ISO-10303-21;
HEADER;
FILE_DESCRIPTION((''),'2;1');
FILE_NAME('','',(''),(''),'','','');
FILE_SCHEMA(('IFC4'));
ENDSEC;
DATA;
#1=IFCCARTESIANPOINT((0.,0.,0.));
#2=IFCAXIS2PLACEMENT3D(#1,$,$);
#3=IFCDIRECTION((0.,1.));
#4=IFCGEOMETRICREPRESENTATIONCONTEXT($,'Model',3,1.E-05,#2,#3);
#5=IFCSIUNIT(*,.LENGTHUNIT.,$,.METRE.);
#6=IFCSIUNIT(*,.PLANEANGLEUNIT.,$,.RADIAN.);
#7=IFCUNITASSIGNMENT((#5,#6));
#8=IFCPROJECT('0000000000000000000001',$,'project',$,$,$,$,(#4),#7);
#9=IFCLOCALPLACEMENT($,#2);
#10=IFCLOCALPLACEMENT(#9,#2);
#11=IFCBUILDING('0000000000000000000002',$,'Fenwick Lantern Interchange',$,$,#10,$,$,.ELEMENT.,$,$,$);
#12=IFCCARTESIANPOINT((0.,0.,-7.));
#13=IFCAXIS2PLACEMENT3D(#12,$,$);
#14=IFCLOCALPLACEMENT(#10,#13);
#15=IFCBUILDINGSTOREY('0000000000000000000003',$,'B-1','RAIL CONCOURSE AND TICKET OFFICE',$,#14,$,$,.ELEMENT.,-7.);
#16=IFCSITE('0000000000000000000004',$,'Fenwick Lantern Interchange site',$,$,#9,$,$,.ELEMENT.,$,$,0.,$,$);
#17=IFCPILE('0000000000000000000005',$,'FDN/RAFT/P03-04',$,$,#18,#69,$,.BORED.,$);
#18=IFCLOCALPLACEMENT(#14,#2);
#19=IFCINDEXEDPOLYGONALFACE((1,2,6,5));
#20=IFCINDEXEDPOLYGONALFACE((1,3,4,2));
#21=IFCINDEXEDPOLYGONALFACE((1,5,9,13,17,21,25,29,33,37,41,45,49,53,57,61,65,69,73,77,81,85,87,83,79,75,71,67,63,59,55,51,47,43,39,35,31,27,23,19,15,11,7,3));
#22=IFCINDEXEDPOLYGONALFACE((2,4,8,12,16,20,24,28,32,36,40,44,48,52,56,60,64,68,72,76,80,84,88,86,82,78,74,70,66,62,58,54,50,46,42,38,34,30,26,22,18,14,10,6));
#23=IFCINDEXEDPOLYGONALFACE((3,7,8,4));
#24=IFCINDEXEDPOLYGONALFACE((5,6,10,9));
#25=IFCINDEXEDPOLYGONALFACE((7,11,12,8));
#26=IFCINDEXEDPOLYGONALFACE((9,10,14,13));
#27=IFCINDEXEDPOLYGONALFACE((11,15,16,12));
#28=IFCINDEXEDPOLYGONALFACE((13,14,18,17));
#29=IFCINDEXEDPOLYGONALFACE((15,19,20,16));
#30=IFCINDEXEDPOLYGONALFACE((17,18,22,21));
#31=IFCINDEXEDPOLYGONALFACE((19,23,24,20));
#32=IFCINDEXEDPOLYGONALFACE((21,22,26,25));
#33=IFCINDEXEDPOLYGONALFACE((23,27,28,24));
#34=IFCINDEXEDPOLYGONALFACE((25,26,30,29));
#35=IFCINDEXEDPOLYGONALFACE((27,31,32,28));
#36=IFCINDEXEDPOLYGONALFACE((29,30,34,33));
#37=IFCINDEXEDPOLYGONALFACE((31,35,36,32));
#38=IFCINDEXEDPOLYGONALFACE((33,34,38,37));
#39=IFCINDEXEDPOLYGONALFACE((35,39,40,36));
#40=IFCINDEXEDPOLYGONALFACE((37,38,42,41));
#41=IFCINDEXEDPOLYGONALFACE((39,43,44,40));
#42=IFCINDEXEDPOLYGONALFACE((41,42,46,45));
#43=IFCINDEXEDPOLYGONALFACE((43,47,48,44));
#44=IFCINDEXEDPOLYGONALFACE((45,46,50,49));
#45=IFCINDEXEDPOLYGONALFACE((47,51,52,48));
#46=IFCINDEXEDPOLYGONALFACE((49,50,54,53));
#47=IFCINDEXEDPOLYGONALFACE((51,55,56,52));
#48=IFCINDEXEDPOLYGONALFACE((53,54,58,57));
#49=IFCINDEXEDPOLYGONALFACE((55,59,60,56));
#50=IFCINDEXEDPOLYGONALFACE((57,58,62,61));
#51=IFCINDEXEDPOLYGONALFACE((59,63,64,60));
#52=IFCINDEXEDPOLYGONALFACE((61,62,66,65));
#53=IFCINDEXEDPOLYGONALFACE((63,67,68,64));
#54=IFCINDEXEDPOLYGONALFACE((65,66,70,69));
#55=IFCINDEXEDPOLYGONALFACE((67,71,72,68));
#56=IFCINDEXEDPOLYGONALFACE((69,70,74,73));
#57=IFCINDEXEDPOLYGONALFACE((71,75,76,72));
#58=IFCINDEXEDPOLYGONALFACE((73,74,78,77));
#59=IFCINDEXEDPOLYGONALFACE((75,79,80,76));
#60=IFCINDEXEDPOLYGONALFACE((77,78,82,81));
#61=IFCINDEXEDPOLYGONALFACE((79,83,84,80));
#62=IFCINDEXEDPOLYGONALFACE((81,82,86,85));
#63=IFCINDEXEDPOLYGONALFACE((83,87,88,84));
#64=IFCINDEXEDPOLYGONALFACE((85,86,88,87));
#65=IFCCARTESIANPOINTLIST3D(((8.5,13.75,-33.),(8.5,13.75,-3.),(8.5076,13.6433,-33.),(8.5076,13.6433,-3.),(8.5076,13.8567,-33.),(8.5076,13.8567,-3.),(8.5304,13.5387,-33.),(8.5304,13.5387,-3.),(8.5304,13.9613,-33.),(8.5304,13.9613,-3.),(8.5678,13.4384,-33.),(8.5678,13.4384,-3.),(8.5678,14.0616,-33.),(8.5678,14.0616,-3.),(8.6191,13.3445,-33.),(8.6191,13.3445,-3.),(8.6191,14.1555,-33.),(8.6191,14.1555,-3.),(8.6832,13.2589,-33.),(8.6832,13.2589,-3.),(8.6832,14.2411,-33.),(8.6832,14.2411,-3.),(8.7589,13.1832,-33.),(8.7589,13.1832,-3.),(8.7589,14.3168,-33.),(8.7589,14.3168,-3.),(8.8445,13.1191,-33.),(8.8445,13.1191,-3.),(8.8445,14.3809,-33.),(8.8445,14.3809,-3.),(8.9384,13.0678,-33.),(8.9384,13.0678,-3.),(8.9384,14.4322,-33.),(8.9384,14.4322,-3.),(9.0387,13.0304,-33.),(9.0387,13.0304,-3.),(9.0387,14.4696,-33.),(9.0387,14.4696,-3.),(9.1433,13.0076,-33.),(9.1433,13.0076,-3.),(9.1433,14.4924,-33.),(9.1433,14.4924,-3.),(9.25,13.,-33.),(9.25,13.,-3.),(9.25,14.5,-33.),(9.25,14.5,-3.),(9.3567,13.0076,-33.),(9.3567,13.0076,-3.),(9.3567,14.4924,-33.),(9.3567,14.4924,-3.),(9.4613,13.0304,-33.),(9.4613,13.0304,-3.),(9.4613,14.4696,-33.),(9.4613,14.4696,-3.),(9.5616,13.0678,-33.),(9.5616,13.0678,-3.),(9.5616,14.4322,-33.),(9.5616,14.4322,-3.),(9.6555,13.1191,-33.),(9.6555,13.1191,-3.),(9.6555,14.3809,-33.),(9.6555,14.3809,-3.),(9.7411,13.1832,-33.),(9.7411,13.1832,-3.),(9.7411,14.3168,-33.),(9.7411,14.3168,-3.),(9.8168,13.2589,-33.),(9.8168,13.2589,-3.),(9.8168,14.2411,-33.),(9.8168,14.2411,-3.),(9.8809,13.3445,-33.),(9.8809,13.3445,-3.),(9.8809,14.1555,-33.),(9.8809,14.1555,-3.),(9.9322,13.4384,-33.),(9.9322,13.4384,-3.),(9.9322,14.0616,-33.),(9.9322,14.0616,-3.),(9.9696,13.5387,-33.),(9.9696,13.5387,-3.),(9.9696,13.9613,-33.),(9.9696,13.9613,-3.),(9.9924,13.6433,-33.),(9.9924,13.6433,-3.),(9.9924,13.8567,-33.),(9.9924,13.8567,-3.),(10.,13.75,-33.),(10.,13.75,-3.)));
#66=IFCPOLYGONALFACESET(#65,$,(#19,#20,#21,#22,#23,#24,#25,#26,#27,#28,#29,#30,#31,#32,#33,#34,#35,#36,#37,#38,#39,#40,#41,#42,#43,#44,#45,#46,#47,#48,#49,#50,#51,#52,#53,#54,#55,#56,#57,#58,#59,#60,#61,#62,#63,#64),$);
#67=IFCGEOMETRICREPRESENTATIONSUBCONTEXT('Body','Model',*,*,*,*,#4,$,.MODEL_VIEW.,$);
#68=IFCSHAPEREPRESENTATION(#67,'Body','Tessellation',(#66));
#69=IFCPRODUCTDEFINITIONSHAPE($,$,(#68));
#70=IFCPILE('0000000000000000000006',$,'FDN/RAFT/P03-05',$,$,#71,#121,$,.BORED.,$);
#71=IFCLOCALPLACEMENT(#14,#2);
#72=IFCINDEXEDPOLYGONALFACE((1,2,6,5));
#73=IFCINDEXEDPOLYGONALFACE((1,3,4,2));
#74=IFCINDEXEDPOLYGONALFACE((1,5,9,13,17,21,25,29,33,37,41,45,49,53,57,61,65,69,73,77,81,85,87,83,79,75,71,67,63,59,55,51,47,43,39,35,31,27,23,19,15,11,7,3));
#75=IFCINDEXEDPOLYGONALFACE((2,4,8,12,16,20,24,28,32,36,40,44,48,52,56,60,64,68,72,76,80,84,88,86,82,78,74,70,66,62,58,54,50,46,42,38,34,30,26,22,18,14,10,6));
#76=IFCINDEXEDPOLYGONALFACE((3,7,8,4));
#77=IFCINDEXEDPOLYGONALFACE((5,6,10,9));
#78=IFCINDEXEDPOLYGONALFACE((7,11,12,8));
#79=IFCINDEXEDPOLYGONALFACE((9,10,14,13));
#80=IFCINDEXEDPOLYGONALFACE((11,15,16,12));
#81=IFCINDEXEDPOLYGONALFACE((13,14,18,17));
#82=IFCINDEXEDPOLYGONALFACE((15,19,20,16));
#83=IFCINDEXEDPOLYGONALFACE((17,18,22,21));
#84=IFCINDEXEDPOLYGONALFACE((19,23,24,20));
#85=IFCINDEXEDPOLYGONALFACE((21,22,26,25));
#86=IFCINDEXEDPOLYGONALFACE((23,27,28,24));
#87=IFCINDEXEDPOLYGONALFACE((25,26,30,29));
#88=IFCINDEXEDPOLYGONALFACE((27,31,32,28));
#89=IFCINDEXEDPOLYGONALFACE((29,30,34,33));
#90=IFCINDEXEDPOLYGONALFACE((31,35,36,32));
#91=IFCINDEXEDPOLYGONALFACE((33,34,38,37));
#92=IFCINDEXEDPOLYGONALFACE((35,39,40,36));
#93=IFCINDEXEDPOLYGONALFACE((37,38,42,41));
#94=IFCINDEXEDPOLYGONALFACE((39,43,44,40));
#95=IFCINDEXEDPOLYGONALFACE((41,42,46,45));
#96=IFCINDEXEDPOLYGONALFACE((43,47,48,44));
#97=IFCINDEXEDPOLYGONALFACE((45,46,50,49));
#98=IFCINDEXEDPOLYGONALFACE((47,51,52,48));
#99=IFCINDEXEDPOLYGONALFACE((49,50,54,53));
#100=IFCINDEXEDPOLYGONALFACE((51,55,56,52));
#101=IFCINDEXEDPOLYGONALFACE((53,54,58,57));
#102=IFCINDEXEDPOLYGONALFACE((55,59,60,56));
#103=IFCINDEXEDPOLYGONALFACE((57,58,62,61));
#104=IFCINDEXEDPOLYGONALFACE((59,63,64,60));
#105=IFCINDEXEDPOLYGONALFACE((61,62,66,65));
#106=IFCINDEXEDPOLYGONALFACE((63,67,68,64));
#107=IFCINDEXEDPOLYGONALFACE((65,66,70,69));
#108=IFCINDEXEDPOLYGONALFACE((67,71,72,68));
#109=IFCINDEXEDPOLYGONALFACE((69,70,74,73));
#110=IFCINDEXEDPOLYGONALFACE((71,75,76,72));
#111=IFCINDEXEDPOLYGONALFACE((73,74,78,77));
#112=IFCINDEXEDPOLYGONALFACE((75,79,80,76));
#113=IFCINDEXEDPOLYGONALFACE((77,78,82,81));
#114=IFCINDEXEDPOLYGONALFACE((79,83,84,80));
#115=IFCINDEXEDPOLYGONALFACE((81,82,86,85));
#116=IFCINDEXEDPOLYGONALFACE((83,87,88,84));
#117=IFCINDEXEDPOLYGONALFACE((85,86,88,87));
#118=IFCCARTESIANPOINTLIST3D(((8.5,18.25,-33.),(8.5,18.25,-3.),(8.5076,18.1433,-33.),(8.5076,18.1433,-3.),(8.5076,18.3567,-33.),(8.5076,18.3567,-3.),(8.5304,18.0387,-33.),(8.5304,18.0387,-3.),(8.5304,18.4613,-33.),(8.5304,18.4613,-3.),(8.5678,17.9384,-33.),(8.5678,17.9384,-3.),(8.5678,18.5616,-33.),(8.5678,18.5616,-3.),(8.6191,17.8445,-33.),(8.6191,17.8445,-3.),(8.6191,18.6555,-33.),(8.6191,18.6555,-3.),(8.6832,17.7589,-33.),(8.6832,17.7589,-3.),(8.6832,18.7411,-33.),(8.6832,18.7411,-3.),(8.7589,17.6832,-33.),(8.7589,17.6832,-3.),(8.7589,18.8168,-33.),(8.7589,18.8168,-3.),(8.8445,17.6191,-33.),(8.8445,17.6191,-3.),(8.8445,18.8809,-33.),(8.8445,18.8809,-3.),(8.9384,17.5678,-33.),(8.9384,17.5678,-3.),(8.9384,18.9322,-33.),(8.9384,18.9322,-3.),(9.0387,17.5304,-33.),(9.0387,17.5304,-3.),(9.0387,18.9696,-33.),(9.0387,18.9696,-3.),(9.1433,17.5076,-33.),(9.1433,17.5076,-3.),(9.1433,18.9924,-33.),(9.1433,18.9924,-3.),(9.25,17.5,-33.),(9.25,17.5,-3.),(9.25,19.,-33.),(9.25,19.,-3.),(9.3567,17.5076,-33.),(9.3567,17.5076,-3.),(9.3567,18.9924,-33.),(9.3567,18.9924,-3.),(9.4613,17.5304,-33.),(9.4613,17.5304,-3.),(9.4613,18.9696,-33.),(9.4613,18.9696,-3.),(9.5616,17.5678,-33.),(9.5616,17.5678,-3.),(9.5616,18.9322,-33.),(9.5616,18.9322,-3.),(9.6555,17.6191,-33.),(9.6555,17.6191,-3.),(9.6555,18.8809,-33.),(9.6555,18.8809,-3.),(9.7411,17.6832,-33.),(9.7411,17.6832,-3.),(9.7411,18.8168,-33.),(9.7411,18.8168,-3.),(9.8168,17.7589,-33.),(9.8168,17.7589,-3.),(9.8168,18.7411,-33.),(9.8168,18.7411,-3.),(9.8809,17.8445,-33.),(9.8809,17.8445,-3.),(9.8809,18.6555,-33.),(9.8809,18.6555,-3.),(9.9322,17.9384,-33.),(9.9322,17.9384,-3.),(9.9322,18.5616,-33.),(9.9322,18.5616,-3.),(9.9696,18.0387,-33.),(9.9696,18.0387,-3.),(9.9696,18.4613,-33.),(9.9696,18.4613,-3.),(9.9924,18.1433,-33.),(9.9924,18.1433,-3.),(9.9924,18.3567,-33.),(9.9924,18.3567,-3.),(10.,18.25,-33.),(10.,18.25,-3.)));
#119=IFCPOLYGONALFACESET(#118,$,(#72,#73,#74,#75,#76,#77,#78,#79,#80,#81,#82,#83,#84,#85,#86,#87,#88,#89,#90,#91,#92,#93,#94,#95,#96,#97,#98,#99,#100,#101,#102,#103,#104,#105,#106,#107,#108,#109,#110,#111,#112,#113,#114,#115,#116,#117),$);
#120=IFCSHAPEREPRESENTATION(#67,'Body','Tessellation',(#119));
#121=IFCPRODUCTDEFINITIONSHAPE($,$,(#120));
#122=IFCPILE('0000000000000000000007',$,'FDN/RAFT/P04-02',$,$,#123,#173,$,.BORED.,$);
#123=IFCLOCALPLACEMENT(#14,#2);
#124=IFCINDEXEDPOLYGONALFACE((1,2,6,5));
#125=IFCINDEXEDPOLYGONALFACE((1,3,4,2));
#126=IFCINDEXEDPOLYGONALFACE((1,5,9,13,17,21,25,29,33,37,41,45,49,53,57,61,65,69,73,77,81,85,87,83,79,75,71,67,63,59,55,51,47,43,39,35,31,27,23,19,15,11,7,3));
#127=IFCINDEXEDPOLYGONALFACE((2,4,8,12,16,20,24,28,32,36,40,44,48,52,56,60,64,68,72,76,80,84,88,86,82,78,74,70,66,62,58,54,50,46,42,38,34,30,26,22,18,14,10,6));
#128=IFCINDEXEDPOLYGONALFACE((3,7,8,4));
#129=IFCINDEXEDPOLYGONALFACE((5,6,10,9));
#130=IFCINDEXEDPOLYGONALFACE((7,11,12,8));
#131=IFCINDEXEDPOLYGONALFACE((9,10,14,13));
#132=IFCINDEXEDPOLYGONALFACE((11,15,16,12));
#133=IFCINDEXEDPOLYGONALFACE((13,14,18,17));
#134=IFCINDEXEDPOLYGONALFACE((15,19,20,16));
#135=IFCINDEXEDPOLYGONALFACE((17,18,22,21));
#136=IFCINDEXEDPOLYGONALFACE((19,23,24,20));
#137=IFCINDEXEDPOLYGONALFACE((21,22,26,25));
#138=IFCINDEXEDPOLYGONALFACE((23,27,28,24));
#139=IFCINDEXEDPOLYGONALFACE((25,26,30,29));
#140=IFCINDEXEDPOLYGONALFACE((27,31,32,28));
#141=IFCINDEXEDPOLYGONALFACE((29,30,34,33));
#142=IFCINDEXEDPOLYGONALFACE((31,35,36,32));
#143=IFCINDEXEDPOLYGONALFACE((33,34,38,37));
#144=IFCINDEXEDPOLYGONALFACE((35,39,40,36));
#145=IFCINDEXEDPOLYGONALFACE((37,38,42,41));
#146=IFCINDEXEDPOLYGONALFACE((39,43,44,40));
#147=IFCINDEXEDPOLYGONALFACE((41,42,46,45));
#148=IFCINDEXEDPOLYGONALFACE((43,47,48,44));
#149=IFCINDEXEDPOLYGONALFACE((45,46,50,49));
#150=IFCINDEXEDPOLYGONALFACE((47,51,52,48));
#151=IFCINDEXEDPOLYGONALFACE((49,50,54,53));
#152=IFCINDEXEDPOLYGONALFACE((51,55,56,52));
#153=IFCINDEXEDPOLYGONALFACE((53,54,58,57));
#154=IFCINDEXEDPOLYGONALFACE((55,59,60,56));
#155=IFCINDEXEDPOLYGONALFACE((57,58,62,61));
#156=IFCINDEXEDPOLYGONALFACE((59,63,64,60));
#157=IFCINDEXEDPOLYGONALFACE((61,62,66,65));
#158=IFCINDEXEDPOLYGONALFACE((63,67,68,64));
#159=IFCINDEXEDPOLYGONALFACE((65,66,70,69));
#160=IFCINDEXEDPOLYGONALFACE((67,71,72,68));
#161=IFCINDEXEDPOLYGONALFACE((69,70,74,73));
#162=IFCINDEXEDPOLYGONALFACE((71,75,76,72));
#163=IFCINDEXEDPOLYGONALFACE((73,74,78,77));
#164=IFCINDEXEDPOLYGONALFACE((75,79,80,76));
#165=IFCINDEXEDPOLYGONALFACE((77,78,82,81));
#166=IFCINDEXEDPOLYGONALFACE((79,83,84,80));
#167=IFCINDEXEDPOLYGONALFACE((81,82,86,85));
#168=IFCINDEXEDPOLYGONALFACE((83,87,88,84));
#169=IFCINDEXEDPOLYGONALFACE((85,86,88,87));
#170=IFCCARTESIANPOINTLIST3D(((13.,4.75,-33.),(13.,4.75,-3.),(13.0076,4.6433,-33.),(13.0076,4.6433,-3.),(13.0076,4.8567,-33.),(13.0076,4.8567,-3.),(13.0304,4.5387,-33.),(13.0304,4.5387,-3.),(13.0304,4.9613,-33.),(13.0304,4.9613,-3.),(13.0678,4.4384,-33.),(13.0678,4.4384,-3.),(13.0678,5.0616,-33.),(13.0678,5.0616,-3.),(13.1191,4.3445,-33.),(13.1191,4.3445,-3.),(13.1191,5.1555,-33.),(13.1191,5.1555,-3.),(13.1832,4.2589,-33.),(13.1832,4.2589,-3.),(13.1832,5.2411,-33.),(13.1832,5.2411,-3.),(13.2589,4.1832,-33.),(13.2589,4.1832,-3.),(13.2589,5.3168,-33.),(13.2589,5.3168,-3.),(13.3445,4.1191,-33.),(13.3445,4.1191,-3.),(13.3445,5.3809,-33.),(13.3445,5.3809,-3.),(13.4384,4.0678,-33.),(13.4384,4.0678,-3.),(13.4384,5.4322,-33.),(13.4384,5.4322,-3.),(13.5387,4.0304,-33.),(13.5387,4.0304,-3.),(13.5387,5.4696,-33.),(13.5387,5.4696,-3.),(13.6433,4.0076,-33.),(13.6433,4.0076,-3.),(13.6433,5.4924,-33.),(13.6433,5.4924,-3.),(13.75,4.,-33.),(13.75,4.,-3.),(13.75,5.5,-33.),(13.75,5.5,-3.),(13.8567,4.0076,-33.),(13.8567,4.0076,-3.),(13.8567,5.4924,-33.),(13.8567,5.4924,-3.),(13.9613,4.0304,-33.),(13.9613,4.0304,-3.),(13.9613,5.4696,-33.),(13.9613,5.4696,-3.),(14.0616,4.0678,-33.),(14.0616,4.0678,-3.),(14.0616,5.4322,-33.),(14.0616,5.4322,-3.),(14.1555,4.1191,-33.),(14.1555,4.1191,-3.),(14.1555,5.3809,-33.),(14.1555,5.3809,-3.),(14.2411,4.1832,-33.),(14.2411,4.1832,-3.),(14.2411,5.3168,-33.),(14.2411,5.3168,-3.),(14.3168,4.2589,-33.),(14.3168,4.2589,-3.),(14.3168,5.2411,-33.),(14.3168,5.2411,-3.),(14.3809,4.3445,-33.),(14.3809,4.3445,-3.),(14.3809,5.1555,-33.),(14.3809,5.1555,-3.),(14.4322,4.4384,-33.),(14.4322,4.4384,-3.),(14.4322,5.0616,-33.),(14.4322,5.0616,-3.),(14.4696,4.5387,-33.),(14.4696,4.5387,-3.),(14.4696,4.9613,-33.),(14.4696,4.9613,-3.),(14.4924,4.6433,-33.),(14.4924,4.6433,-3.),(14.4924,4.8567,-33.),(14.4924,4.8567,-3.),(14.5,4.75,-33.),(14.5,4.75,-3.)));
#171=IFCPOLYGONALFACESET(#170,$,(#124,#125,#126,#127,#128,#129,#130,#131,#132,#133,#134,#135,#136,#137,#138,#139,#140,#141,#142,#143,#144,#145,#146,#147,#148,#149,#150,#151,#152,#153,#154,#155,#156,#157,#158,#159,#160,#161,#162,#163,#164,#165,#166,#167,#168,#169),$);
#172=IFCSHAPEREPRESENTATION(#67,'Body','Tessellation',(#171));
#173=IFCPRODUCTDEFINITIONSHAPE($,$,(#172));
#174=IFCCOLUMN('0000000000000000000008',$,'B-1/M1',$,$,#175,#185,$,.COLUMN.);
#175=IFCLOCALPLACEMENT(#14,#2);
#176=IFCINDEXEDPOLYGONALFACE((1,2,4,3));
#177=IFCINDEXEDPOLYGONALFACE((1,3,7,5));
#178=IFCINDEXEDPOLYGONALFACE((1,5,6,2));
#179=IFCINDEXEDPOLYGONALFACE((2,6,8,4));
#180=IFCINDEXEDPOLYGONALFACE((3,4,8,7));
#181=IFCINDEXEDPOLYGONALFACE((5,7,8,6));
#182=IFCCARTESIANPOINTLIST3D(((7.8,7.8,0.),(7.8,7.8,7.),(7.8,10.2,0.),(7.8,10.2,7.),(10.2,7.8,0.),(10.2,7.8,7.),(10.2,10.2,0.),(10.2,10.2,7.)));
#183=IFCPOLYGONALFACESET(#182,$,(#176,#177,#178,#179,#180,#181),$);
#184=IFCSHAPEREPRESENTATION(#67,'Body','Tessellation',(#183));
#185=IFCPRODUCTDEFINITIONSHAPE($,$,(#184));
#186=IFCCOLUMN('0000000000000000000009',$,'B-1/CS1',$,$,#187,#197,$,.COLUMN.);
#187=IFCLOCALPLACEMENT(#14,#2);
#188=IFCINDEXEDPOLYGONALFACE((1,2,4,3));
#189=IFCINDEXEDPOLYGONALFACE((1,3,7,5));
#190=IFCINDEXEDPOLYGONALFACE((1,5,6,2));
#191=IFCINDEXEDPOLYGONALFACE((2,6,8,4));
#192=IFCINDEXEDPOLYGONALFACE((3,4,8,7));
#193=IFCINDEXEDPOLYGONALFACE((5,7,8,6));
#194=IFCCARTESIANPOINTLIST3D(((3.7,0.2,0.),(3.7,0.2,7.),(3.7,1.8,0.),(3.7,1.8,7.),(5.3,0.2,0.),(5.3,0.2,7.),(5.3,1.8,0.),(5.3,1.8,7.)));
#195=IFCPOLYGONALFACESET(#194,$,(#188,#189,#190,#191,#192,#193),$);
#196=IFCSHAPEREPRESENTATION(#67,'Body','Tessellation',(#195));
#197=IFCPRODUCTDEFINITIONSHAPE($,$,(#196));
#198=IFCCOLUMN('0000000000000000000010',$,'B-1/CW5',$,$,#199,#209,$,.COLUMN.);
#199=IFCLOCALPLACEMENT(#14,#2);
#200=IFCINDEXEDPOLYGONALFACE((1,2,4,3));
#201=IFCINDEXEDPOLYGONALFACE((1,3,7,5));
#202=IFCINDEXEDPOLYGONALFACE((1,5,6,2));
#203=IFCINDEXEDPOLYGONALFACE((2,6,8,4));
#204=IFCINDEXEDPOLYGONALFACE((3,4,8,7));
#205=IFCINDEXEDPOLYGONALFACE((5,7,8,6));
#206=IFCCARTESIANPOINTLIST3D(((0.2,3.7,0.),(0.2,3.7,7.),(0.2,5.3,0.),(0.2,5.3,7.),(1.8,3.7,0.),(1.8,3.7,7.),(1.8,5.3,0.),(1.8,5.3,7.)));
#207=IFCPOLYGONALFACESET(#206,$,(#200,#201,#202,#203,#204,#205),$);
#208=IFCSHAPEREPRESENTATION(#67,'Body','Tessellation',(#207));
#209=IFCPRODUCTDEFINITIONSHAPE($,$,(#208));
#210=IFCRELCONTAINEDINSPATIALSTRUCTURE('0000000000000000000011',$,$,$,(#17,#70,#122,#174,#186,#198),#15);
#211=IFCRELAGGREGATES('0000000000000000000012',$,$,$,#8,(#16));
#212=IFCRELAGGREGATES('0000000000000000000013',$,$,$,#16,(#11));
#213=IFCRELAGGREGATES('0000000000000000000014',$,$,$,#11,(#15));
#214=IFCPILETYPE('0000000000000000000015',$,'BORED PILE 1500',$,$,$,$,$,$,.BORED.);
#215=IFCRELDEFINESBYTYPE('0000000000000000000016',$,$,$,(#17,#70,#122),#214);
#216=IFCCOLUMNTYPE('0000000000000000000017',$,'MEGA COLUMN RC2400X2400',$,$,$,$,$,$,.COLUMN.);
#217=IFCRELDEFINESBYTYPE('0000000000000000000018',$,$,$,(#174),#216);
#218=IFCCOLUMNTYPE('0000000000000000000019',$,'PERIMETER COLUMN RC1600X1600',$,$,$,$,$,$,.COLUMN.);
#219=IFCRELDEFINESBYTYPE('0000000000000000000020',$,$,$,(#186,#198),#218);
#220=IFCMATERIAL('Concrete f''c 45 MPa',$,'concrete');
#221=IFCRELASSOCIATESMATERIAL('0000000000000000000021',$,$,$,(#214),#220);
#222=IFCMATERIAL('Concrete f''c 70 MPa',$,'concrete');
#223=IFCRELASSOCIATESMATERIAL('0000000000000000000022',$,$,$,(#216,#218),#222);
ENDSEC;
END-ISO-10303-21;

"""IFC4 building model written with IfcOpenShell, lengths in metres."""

from ifc_helpers import new_model, si_unit, direction, frame, origin, origin_2d, place, context, subcontext, project, spatial, rectangle, circle, extrude, material, material_profile, profile_set, type_object, element, save


model = new_model("IFC4")

# Units and contexts
model_context = context("Model", 3, precision=1e-05, world=origin(), true_north=direction((0.0, 1.0)))
body_context = subcontext(model_context, "Body", "Model", "MODEL_VIEW")
ifc_project = project(units=[si_unit("LENGTHUNIT", "METRE"), si_unit("PLANEANGLEUNIT", "RADIAN")], contexts=[model_context])

# Site, building, storey
site_placement = place(None, origin())
site = spatial("IfcSite", under=ifc_project, at=site_placement, Name="Fenwick Lantern Interchange site", CompositionType="ELEMENT", RefElevation=0.0)
building_placement = place(site_placement, origin())
building = spatial("IfcBuilding", under=site, at=building_placement, Name="Fenwick Lantern Interchange", CompositionType="ELEMENT")
storey_placement = place(building_placement, frame((0.0, 0.0, -7.0)))
storey = spatial("IfcBuildingStorey", under=building, at=storey_placement, Name="B-1", Description="RAIL CONCOURSE AND TICKET OFFICE", CompositionType="ELEMENT", Elevation=-7.0)

# Piles
ifc_material_1 = material(Name="Concrete f'c 45 MPa", Category="concrete")
pile_type = type_object("IfcPileType", Name="BORED PILE 1500", PredefinedType="BORED", material=ifc_material_1)
for number, where, z_axis, x_axis, name in (
    (1, (9.25, 13.75, -3.0), (0.0, 0.0, -1.0), (1.0, 0.0, 0.0), "FDN/RAFT/P03-04"),
    (2, (9.25, 18.25, -3.0), (0.0, 0.0, -1.0), (1.0, 0.0, 0.0), "FDN/RAFT/P03-05"),
    (3, (13.75, 4.75, -3.0), (0.0, 0.0, -1.0), (1.0, 0.0, 0.0), "FDN/RAFT/P04-02"),
):
    element("IfcPile", number, at=place(storey_placement, frame(where, z_axis=z_axis, x_axis=x_axis)), inside=storey, type_object=pile_type, Name=name, PredefinedType="BORED", context=body_context, shape_type="SweptSolid", body=[
        extrude(circle(Radius=0.75, at=origin_2d()), origin(), (0.0, 0.0, 1.0), 30.0),
    ])

# Columns
ifc_material_2 = material(Name="Concrete f'c 70 MPa", Category="concrete")
ifc_material_profile_1 = material_profile(ifc_material_2, rectangle(XDim=2.3999, YDim=2.3999, at=origin_2d()), Name="RC2400X2400")
ifc_profile_set_1 = profile_set([ifc_material_profile_1], Name="Concrete f'c 70 MPa")
column_type_1 = type_object("IfcColumnType", Name="MEGA COLUMN RC2400X2400", PredefinedType="COLUMN", material=ifc_profile_set_1)
column_placement = place(storey_placement, frame((9.0, 9.0, 0.0), z_axis=(0.0, 0.0, 1.0), x_axis=(1.0, 0.0, 0.0)))
element("IfcColumn", 4, at=column_placement, inside=storey, type_object=column_type_1, Name="B-1/M1", PredefinedType="COLUMN", context=body_context, shape_type="SweptSolid", body=[
    extrude(rectangle(XDim=2.3999, YDim=2.3999, at=origin_2d()), origin(), (0.0, 0.0, 1.0), 7.0),
])
ifc_material_profile_2 = material_profile(ifc_material_2, rectangle(XDim=1.6001, YDim=1.6001, at=origin_2d()), Name="RC1600X1600")
ifc_profile_set_2 = profile_set([ifc_material_profile_2], Name="Concrete f'c 70 MPa")
column_type_2 = type_object("IfcColumnType", Name="PERIMETER COLUMN RC1600X1600", PredefinedType="COLUMN", material=ifc_profile_set_2)
for number, where, z_axis, x_axis, name in (
    (5, (4.5, 1.0, 0.0), (0.0, 0.0, 1.0), (1.0, 0.0, 0.0), "B-1/CS1"),
    (6, (1.0, 4.5, 0.0), (0.0, 0.0, 1.0), (1.0, 0.0, 0.0), "B-1/CW5"),
):
    element("IfcColumn", number, at=place(storey_placement, frame(where, z_axis=z_axis, x_axis=x_axis)), inside=storey, type_object=column_type_2, Name=name, PredefinedType="COLUMN", context=body_context, shape_type="SweptSolid", body=[
        extrude(rectangle(XDim=1.6001, YDim=1.6001, at=origin_2d()), origin(), (0.0, 0.0, 1.0), 7.0),
    ])

save(model, "model.ifc")
